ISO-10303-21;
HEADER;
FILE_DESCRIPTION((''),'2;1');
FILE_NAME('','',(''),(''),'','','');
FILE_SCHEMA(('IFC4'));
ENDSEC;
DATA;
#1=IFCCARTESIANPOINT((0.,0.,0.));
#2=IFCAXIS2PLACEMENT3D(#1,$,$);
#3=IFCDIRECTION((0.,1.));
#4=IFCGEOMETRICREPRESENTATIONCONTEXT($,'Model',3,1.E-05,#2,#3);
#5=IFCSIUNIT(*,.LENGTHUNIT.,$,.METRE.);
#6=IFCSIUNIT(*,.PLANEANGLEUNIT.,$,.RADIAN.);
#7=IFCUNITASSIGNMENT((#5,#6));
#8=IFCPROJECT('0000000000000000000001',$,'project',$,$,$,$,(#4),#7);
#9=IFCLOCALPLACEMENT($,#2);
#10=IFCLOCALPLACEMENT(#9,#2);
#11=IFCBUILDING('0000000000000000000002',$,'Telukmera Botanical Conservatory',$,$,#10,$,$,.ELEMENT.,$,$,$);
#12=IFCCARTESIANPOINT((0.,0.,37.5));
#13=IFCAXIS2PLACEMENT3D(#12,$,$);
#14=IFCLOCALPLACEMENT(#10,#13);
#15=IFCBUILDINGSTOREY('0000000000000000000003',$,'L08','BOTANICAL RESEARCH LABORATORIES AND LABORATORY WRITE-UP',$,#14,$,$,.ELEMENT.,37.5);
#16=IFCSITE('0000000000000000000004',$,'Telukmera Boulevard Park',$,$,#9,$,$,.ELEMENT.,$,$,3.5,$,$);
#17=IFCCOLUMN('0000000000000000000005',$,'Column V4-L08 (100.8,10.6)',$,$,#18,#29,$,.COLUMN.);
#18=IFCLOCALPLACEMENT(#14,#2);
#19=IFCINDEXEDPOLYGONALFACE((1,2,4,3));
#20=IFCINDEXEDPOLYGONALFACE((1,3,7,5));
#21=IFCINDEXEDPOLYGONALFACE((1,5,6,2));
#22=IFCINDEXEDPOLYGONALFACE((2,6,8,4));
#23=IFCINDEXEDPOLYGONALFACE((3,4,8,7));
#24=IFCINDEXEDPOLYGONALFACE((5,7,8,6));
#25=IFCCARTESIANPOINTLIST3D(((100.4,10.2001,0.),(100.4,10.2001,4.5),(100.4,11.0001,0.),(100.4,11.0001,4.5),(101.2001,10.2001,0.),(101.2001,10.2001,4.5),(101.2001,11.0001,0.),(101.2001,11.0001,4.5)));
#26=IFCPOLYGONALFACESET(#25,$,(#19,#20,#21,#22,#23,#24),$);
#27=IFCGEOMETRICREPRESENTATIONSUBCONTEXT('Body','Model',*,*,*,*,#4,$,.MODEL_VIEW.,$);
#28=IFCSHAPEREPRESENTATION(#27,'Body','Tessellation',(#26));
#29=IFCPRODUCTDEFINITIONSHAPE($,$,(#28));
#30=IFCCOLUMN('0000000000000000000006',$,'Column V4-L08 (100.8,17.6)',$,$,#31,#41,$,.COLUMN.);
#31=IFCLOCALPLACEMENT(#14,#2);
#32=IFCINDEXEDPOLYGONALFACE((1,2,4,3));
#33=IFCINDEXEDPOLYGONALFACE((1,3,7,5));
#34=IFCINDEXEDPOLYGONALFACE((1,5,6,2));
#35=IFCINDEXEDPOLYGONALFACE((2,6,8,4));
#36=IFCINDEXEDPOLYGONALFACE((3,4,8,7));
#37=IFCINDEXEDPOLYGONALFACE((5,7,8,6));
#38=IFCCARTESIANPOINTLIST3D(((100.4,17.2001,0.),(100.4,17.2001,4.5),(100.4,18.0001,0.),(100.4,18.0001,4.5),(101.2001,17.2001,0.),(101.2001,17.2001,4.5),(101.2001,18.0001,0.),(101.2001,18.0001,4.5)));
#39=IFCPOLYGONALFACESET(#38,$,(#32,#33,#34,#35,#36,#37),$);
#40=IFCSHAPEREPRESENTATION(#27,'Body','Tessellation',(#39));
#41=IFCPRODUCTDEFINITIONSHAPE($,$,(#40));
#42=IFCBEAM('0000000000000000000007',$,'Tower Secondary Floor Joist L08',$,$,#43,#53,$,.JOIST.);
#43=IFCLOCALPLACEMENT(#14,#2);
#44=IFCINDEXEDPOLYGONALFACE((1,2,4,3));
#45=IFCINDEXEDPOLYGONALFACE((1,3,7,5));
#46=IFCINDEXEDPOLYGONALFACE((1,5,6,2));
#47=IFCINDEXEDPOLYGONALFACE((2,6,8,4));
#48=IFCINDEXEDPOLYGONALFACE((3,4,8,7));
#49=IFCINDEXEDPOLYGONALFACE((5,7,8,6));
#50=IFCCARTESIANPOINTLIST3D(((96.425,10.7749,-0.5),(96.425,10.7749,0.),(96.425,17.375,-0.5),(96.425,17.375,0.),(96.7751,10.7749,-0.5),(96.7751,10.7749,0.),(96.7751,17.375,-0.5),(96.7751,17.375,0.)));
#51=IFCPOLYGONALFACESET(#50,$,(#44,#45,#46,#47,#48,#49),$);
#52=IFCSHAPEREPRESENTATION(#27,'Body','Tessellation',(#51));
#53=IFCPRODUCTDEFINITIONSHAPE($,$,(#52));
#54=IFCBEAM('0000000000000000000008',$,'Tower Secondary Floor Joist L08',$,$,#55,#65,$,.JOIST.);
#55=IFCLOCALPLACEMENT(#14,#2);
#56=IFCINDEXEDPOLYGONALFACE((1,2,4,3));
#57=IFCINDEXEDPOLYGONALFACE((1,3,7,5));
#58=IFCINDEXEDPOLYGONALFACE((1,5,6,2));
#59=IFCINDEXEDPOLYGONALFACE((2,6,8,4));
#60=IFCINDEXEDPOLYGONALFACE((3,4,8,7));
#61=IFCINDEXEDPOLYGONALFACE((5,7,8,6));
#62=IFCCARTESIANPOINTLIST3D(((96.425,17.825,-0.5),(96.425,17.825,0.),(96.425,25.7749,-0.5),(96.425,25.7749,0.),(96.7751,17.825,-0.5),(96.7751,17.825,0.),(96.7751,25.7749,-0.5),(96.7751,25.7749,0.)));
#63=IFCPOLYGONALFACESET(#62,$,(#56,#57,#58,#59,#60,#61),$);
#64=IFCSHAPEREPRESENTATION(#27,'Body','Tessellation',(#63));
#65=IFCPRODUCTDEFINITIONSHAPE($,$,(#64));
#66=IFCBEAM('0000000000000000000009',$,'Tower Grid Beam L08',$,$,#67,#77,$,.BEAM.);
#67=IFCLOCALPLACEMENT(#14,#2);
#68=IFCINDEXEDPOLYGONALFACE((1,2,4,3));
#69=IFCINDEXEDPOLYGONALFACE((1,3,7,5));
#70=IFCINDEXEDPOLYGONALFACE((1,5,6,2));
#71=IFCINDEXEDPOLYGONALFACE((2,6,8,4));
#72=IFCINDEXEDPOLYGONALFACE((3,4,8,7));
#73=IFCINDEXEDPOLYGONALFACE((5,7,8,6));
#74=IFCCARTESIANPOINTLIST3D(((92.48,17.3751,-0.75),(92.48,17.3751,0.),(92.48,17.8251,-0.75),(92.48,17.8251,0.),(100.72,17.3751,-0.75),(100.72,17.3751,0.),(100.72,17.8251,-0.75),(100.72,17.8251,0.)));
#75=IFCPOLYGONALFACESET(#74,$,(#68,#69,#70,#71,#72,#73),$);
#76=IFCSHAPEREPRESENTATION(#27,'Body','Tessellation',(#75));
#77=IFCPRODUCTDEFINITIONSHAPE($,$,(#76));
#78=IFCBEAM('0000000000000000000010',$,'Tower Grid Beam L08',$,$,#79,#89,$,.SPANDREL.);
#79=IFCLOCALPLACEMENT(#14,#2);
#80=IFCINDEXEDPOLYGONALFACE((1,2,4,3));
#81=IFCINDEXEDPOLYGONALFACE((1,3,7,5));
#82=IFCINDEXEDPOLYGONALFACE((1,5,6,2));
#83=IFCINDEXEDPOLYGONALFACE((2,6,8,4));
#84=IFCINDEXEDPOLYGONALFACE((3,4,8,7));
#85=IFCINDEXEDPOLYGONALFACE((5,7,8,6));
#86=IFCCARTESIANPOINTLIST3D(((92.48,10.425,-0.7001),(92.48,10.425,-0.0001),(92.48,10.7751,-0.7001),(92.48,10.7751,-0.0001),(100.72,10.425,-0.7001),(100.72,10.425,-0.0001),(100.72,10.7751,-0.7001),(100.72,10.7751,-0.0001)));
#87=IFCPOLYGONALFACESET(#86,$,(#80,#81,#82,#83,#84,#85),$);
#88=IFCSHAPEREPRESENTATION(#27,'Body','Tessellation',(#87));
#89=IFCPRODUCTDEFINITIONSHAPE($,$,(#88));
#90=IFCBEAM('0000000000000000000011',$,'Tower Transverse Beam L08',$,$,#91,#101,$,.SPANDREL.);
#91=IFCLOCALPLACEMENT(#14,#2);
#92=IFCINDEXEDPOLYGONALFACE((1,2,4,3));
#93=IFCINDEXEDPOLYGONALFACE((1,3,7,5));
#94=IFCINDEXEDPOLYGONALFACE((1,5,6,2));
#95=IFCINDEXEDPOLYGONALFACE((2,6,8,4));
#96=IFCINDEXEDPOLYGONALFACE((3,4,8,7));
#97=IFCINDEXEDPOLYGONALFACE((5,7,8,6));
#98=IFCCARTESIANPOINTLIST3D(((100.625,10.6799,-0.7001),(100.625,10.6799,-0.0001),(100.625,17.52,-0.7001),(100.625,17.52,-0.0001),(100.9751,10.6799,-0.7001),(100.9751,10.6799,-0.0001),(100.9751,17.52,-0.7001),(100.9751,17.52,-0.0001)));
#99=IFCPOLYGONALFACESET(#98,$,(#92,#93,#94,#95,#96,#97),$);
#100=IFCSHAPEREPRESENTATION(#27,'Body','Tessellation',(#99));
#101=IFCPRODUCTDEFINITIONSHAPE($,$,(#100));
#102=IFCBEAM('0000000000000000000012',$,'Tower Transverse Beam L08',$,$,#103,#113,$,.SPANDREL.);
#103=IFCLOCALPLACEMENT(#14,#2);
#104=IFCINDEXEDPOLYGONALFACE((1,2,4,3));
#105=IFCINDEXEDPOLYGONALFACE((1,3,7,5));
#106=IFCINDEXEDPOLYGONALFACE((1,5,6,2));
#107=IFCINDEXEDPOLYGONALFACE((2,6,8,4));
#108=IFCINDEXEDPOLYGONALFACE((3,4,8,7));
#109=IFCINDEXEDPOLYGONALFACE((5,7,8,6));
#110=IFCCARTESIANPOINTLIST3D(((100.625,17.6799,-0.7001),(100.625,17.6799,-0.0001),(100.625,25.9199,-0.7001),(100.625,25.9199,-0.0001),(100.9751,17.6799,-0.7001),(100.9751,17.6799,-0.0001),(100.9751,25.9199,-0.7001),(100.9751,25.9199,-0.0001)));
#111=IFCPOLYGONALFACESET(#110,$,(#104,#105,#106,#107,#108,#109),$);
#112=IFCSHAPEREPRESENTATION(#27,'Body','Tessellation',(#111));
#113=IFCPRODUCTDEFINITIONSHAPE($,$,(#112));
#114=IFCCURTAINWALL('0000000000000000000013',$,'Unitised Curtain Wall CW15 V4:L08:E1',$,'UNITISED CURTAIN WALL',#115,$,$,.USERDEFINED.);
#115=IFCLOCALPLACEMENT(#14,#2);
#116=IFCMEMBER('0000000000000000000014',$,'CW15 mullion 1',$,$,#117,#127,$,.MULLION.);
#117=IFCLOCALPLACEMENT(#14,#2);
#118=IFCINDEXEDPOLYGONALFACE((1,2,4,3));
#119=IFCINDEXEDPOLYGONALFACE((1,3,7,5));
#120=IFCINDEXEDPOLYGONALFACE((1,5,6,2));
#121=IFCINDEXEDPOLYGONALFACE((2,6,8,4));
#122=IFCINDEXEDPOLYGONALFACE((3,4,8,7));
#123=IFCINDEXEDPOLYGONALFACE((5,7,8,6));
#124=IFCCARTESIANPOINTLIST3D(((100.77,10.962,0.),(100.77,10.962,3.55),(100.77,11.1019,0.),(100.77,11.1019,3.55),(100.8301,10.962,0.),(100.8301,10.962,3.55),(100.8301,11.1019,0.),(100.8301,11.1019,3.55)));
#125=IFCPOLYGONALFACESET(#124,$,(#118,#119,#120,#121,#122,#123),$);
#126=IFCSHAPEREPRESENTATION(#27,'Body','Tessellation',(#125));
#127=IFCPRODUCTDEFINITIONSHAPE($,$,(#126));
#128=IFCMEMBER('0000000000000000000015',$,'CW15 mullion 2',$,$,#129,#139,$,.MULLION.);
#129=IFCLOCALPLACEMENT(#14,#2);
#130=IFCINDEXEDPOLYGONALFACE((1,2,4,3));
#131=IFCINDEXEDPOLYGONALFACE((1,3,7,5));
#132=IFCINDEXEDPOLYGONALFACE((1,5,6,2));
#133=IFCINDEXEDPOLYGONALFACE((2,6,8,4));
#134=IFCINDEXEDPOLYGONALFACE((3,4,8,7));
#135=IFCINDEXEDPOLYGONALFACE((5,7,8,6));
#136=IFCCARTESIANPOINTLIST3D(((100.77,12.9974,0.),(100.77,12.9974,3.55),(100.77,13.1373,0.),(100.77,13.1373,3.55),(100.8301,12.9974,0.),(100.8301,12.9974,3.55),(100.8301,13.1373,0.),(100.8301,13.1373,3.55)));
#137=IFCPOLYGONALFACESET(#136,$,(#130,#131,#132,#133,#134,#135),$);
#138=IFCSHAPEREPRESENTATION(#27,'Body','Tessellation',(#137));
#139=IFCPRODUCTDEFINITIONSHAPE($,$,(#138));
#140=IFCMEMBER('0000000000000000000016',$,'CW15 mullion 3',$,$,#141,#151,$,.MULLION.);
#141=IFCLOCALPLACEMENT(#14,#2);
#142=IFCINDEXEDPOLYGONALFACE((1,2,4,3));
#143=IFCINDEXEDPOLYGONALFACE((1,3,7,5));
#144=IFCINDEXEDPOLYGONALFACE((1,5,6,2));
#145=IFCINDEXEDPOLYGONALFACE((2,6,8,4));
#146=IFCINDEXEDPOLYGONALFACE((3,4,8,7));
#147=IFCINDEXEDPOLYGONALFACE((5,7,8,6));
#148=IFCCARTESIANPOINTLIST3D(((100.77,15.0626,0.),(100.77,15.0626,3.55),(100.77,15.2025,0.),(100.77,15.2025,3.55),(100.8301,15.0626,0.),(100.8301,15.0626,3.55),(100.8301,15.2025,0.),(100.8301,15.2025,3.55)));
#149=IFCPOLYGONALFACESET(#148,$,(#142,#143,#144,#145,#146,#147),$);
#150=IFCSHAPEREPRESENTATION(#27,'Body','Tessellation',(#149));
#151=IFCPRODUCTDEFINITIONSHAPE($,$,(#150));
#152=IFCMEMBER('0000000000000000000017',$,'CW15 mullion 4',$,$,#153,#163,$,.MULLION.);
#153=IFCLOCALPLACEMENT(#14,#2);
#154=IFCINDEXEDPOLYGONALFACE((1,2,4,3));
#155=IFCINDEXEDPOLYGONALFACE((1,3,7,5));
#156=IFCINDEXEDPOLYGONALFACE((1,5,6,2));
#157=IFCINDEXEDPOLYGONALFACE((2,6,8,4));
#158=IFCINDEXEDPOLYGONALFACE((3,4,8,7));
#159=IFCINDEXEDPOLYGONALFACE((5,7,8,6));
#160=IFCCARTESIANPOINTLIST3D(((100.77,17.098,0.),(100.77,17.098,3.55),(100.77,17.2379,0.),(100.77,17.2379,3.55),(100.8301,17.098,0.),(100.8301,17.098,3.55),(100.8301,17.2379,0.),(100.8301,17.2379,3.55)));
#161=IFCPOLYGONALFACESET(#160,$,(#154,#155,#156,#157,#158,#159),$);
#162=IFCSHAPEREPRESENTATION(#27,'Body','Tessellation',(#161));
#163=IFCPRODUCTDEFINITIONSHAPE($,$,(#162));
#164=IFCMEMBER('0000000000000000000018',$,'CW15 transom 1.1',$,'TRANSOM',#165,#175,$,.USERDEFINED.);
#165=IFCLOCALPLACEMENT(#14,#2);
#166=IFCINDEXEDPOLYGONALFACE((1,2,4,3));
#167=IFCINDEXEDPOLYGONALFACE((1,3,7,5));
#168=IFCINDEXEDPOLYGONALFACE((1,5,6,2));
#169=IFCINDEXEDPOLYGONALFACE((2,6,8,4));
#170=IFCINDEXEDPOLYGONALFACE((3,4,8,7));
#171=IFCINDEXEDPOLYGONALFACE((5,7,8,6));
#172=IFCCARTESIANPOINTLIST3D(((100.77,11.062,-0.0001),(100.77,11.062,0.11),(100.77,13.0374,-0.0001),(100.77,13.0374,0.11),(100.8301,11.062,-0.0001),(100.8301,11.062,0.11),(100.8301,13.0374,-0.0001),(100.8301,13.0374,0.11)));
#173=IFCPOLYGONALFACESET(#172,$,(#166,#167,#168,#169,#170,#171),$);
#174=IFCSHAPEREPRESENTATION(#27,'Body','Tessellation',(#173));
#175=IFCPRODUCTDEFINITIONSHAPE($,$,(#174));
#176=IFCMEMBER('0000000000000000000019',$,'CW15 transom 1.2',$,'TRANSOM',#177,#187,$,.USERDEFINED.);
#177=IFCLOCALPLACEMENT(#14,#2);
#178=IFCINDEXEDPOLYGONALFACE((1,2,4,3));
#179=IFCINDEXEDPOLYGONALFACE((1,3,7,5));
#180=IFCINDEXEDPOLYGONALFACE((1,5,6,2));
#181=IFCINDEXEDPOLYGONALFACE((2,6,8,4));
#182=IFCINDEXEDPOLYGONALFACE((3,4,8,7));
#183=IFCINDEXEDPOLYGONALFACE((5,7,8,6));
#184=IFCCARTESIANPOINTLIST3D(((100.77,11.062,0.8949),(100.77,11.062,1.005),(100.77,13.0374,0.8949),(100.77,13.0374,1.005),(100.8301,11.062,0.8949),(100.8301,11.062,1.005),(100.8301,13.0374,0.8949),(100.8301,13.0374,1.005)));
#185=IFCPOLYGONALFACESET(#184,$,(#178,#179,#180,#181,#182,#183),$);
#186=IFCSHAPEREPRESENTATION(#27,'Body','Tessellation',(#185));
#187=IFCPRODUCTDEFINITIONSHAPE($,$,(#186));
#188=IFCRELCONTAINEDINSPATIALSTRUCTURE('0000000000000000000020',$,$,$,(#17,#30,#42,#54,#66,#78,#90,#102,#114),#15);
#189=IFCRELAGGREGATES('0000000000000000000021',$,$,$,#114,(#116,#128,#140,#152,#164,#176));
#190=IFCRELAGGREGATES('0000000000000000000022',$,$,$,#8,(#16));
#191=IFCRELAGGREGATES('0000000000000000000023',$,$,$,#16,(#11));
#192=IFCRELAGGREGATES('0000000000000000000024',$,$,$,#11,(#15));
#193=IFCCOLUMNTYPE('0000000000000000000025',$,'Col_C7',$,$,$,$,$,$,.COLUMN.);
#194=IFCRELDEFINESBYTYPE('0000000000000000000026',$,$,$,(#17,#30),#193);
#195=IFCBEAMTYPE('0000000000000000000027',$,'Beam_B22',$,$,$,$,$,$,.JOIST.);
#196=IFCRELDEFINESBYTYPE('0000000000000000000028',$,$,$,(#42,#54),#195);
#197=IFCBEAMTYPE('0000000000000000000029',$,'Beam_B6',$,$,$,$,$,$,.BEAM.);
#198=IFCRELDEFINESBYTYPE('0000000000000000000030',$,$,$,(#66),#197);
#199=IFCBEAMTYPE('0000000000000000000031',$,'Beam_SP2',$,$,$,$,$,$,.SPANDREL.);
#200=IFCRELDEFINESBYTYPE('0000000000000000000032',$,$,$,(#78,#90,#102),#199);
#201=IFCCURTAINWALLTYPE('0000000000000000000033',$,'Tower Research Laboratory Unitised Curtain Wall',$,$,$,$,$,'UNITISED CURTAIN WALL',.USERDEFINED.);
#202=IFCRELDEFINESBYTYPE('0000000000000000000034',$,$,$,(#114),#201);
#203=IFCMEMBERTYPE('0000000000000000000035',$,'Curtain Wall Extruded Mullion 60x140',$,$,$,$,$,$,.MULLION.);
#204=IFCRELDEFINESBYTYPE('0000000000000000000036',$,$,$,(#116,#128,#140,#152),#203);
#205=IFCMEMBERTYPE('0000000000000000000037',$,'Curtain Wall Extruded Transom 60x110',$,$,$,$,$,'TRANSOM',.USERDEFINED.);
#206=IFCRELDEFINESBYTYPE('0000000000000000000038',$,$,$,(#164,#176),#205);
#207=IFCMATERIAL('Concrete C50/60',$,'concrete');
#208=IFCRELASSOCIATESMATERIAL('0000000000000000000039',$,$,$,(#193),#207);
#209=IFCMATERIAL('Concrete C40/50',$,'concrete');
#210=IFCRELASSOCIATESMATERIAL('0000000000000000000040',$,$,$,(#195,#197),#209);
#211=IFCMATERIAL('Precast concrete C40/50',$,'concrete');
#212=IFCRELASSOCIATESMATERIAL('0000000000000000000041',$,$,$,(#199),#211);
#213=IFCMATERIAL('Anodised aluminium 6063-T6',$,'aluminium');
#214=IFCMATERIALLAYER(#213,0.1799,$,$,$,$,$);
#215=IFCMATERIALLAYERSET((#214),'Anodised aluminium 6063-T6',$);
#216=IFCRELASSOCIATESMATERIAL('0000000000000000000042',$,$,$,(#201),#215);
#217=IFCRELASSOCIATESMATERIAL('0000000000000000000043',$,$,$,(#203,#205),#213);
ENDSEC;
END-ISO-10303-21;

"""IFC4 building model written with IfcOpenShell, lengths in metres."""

from ifc_helpers import new_model, si_unit, direction, frame, origin, origin_2d, place, context, subcontext, project, spatial, rectangle, extrude, material, layer, layer_set, material_profile, profile_set, type_object, element, aggregate, save


model = new_model("IFC4")

# Units and contexts
model_context = context("Model", 3, precision=1e-05, world=origin(), true_north=direction((0.0, 1.0)))
body_context = subcontext(model_context, "Body", "Model", "MODEL_VIEW")
ifc_project = project(units=[si_unit("LENGTHUNIT", "METRE"), si_unit("PLANEANGLEUNIT", "RADIAN")], contexts=[model_context])

# Site, building, storey
site_placement = place(None, origin())
site = spatial("IfcSite", under=ifc_project, at=site_placement, Name="Telukmera Boulevard Park", CompositionType="ELEMENT", RefElevation=3.5)
building_placement = place(site_placement, origin())
building = spatial("IfcBuilding", under=site, at=building_placement, Name="Telukmera Botanical Conservatory", CompositionType="ELEMENT")
storey_placement = place(building_placement, frame((0.0, 0.0, 37.5)))
storey = spatial("IfcBuildingStorey", under=building, at=storey_placement, Name="L08", Description="BOTANICAL RESEARCH LABORATORIES AND LABORATORY WRITE-UP", CompositionType="ELEMENT", Elevation=37.5)

# Columns
ifc_material_1 = material(Name="Concrete C50/60", Category="concrete")
ifc_material_profile_1 = material_profile(ifc_material_1, rectangle(XDim=0.8, YDim=0.8, at=origin_2d()), Name="RC 800x800")
ifc_profile_set_1 = profile_set([ifc_material_profile_1], Name="Concrete C50/60")
column_type = type_object("IfcColumnType", Name="Col_C7", PredefinedType="COLUMN", material=ifc_profile_set_1)
for number, where, z_axis, x_axis, name in (
    (1, (100.8, 10.6001, 0.0), (0.0, 0.0, 1.0), (1.0, 0.0, 0.0), "Column V4-L08 (100.8,10.6)"),
    (2, (100.8, 17.6001, 0.0), (0.0, 0.0, 1.0), (1.0, 0.0, 0.0), "Column V4-L08 (100.8,17.6)"),
):
    element("IfcColumn", number, at=place(storey_placement, frame(where, z_axis=z_axis, x_axis=x_axis)), inside=storey, type_object=column_type, Name=name, PredefinedType="COLUMN", context=body_context, shape_type="SweptSolid", body=[
        extrude(rectangle(XDim=0.8, YDim=0.8, at=origin_2d()), origin(), (0.0, 0.0, 1.0), 4.5),
    ])

# Beams
ifc_material_2 = material(Name="Concrete C40/50", Category="concrete")
ifc_material_profile_2 = material_profile(ifc_material_2, rectangle(XDim=0.3501, YDim=0.5, at=origin_2d()), Name="RC 350x500")
ifc_profile_set_2 = profile_set([ifc_material_profile_2], Name="Concrete C40/50")
beam_type_1 = type_object("IfcBeamType", Name="Beam_B22", PredefinedType="JOIST", material=ifc_profile_set_2)
beam_1_placement = place(storey_placement, frame((96.6001, 10.7749, -0.25), z_axis=(0.0, 1.0, 0.0), x_axis=(-1.0, 0.0, 0.0)))
element("IfcBeam", 3, at=beam_1_placement, inside=storey, type_object=beam_type_1, Name="Tower Secondary Floor Joist L08", PredefinedType="JOIST", context=body_context, shape_type="SweptSolid", body=[
    extrude(rectangle(XDim=0.3501, YDim=0.5, at=origin_2d()), origin(), (0.0, 0.0, 1.0), 6.6001),
])
beam_2_placement = place(storey_placement, frame((96.6001, 17.825, -0.25), z_axis=(0.0, 1.0, 0.0), x_axis=(-1.0, 0.0, 0.0)))
element("IfcBeam", 4, at=beam_2_placement, inside=storey, type_object=beam_type_1, Name="Tower Secondary Floor Joist L08", PredefinedType="JOIST", context=body_context, shape_type="SweptSolid", body=[
    extrude(rectangle(XDim=0.3501, YDim=0.5, at=origin_2d()), origin(), (0.0, 0.0, 1.0), 7.95),
])
ifc_material_profile_3 = material_profile(ifc_material_2, rectangle(XDim=0.45, YDim=0.75, at=origin_2d()), Name="RC 450x750")
ifc_profile_set_3 = profile_set([ifc_material_profile_3], Name="Concrete C40/50")
beam_type_2 = type_object("IfcBeamType", Name="Beam_B6", PredefinedType="BEAM", material=ifc_profile_set_3)
beam_3_placement = place(storey_placement, frame((92.48, 17.6001, -0.375), z_axis=(1.0, 0.0, 0.0), x_axis=(0.0, 1.0, 0.0)))
element("IfcBeam", 5, at=beam_3_placement, inside=storey, type_object=beam_type_2, Name="Tower Grid Beam L08", PredefinedType="BEAM", context=body_context, shape_type="SweptSolid", body=[
    extrude(rectangle(XDim=0.45, YDim=0.75, at=origin_2d()), origin(), (0.0, 0.0, 1.0), 8.24),
])
ifc_material_3 = material(Name="Precast concrete C40/50", Category="concrete")
ifc_material_profile_4 = material_profile(ifc_material_3, rectangle(XDim=0.3501, YDim=0.7, at=origin_2d()), Name="PC 350x700")
ifc_profile_set_4 = profile_set([ifc_material_profile_4], Name="Precast concrete C40/50")
beam_type_3 = type_object("IfcBeamType", Name="Beam_SP2", PredefinedType="SPANDREL", material=ifc_profile_set_4)
beam_4_placement = place(storey_placement, frame((92.48, 10.6001, -0.3501), z_axis=(1.0, 0.0, 0.0), x_axis=(0.0, 1.0, 0.0)))
element("IfcBeam", 6, at=beam_4_placement, inside=storey, type_object=beam_type_3, Name="Tower Grid Beam L08", PredefinedType="SPANDREL", context=body_context, shape_type="SweptSolid", body=[
    extrude(rectangle(XDim=0.3501, YDim=0.7, at=origin_2d()), origin(), (0.0, 0.0, 1.0), 8.24),
])
beam_5_placement = place(storey_placement, frame((100.8, 10.6799, -0.3501), z_axis=(0.0, 1.0, 0.0), x_axis=(-1.0, 0.0, 0.0)))
element("IfcBeam", 7, at=beam_5_placement, inside=storey, type_object=beam_type_3, Name="Tower Transverse Beam L08", PredefinedType="SPANDREL", context=body_context, shape_type="SweptSolid", body=[
    extrude(rectangle(XDim=0.3501, YDim=0.7, at=origin_2d()), origin(), (0.0, 0.0, 1.0), 6.8401),
])
beam_6_placement = place(storey_placement, frame((100.8, 17.6799, -0.3501), z_axis=(0.0, 1.0, 0.0), x_axis=(-1.0, 0.0, 0.0)))
element("IfcBeam", 8, at=beam_6_placement, inside=storey, type_object=beam_type_3, Name="Tower Transverse Beam L08", PredefinedType="SPANDREL", context=body_context, shape_type="SweptSolid", body=[
    extrude(rectangle(XDim=0.3501, YDim=0.7, at=origin_2d()), origin(), (0.0, 0.0, 1.0), 8.24),
])

# Curtain wall, members
ifc_material_4 = material(Name="Anodised aluminium 6063-T6", Category="aluminium")
ifc_layer_1 = layer(ifc_material_4, 0.1799)
ifc_layer_set_1 = layer_set([ifc_layer_1], Name="Anodised aluminium 6063-T6")
curtain_wall_type = type_object("IfcCurtainWallType", Name="Tower Research Laboratory Unitised Curtain Wall", ElementType="UNITISED CURTAIN WALL", PredefinedType="USERDEFINED", material=ifc_layer_set_1)
curtain_wall_placement = place(storey_placement, origin())
curtain_wall = element("IfcCurtainWall", 9, at=curtain_wall_placement, inside=storey, type_object=curtain_wall_type, Name="Unitised Curtain Wall CW15 V4:L08:E1", ObjectType="UNITISED CURTAIN WALL", PredefinedType="USERDEFINED")
ifc_material_profile_5 = material_profile(ifc_material_4, rectangle(XDim=0.0601, YDim=0.1399, at=origin_2d()), Name="ALU MULL 60x140")
ifc_profile_set_5 = profile_set([ifc_material_profile_5], Name="Anodised aluminium 6063-T6")
member_type_1 = type_object("IfcMemberType", Name="Curtain Wall Extruded Mullion 60x140", PredefinedType="MULLION", material=ifc_profile_set_5)
member_1_placement = place(storey_placement, frame((100.8, 11.032, 0.0), z_axis=(0.0, 0.0, 1.0), x_axis=(-1.0, 0.0, 0.0)))
member_1 = element("IfcMember", 10, at=member_1_placement, type_object=member_type_1, Name="CW15 mullion 1", PredefinedType="MULLION", context=body_context, shape_type="SweptSolid", body=[
    extrude(rectangle(XDim=0.0601, YDim=0.1399, at=origin_2d()), origin(), (0.0, 0.0, 1.0), 3.55),
])
member_2_placement = place(storey_placement, frame((100.8, 13.0674, 0.0), z_axis=(0.0, 0.0, 1.0), x_axis=(-1.0, 0.0, 0.0)))
member_2 = element("IfcMember", 11, at=member_2_placement, type_object=member_type_1, Name="CW15 mullion 2", PredefinedType="MULLION", context=body_context, shape_type="SweptSolid", body=[
    extrude(rectangle(XDim=0.0601, YDim=0.1399, at=origin_2d()), origin(), (0.0, 0.0, 1.0), 3.55),
])
member_3_placement = place(storey_placement, frame((100.8, 15.1326, 0.0), z_axis=(0.0, 0.0, 1.0), x_axis=(-1.0, 0.0, 0.0)))
member_3 = element("IfcMember", 12, at=member_3_placement, type_object=member_type_1, Name="CW15 mullion 3", PredefinedType="MULLION", context=body_context, shape_type="SweptSolid", body=[
    extrude(rectangle(XDim=0.0601, YDim=0.1399, at=origin_2d()), origin(), (0.0, 0.0, 1.0), 3.55),
])
member_4_placement = place(storey_placement, frame((100.8, 17.168, 0.0), z_axis=(0.0, 0.0, 1.0), x_axis=(-1.0, 0.0, 0.0)))
member_4 = element("IfcMember", 13, at=member_4_placement, type_object=member_type_1, Name="CW15 mullion 4", PredefinedType="MULLION", context=body_context, shape_type="SweptSolid", body=[
    extrude(rectangle(XDim=0.0601, YDim=0.1399, at=origin_2d()), origin(), (0.0, 0.0, 1.0), 3.55),
])
ifc_material_profile_6 = material_profile(ifc_material_4, rectangle(XDim=0.0601, YDim=0.1101, at=origin_2d()), Name="ALU TRAN 60x110")
ifc_profile_set_6 = profile_set([ifc_material_profile_6], Name="Anodised aluminium 6063-T6")
member_type_2 = type_object("IfcMemberType", Name="Curtain Wall Extruded Transom 60x110", ElementType="TRANSOM", PredefinedType="USERDEFINED", material=ifc_profile_set_6)
member_5_placement = place(storey_placement, frame((100.8, 11.062, 0.0549), z_axis=(0.0, 1.0, 0.0), x_axis=(-1.0, 0.0, 0.0)))
member_5 = element("IfcMember", 14, at=member_5_placement, type_object=member_type_2, Name="CW15 transom 1.1", ObjectType="TRANSOM", PredefinedType="USERDEFINED", context=body_context, shape_type="SweptSolid", body=[
    extrude(rectangle(XDim=0.0601, YDim=0.1101, at=origin_2d()), origin(), (0.0, 0.0, 1.0), 1.9753),
])
member_6_placement = place(storey_placement, frame((100.8, 11.062, 0.95), z_axis=(0.0, 1.0, 0.0), x_axis=(-1.0, 0.0, 0.0)))
member_6 = element("IfcMember", 15, at=member_6_placement, type_object=member_type_2, Name="CW15 transom 1.2", ObjectType="TRANSOM", PredefinedType="USERDEFINED", context=body_context, shape_type="SweptSolid", body=[
    extrude(rectangle(XDim=0.0601, YDim=0.1101, at=origin_2d()), origin(), (0.0, 0.0, 1.0), 1.9753),
])
aggregate(curtain_wall, [member_1, member_2, member_3, member_4, member_5, member_6])

save(model, "model.ifc")
